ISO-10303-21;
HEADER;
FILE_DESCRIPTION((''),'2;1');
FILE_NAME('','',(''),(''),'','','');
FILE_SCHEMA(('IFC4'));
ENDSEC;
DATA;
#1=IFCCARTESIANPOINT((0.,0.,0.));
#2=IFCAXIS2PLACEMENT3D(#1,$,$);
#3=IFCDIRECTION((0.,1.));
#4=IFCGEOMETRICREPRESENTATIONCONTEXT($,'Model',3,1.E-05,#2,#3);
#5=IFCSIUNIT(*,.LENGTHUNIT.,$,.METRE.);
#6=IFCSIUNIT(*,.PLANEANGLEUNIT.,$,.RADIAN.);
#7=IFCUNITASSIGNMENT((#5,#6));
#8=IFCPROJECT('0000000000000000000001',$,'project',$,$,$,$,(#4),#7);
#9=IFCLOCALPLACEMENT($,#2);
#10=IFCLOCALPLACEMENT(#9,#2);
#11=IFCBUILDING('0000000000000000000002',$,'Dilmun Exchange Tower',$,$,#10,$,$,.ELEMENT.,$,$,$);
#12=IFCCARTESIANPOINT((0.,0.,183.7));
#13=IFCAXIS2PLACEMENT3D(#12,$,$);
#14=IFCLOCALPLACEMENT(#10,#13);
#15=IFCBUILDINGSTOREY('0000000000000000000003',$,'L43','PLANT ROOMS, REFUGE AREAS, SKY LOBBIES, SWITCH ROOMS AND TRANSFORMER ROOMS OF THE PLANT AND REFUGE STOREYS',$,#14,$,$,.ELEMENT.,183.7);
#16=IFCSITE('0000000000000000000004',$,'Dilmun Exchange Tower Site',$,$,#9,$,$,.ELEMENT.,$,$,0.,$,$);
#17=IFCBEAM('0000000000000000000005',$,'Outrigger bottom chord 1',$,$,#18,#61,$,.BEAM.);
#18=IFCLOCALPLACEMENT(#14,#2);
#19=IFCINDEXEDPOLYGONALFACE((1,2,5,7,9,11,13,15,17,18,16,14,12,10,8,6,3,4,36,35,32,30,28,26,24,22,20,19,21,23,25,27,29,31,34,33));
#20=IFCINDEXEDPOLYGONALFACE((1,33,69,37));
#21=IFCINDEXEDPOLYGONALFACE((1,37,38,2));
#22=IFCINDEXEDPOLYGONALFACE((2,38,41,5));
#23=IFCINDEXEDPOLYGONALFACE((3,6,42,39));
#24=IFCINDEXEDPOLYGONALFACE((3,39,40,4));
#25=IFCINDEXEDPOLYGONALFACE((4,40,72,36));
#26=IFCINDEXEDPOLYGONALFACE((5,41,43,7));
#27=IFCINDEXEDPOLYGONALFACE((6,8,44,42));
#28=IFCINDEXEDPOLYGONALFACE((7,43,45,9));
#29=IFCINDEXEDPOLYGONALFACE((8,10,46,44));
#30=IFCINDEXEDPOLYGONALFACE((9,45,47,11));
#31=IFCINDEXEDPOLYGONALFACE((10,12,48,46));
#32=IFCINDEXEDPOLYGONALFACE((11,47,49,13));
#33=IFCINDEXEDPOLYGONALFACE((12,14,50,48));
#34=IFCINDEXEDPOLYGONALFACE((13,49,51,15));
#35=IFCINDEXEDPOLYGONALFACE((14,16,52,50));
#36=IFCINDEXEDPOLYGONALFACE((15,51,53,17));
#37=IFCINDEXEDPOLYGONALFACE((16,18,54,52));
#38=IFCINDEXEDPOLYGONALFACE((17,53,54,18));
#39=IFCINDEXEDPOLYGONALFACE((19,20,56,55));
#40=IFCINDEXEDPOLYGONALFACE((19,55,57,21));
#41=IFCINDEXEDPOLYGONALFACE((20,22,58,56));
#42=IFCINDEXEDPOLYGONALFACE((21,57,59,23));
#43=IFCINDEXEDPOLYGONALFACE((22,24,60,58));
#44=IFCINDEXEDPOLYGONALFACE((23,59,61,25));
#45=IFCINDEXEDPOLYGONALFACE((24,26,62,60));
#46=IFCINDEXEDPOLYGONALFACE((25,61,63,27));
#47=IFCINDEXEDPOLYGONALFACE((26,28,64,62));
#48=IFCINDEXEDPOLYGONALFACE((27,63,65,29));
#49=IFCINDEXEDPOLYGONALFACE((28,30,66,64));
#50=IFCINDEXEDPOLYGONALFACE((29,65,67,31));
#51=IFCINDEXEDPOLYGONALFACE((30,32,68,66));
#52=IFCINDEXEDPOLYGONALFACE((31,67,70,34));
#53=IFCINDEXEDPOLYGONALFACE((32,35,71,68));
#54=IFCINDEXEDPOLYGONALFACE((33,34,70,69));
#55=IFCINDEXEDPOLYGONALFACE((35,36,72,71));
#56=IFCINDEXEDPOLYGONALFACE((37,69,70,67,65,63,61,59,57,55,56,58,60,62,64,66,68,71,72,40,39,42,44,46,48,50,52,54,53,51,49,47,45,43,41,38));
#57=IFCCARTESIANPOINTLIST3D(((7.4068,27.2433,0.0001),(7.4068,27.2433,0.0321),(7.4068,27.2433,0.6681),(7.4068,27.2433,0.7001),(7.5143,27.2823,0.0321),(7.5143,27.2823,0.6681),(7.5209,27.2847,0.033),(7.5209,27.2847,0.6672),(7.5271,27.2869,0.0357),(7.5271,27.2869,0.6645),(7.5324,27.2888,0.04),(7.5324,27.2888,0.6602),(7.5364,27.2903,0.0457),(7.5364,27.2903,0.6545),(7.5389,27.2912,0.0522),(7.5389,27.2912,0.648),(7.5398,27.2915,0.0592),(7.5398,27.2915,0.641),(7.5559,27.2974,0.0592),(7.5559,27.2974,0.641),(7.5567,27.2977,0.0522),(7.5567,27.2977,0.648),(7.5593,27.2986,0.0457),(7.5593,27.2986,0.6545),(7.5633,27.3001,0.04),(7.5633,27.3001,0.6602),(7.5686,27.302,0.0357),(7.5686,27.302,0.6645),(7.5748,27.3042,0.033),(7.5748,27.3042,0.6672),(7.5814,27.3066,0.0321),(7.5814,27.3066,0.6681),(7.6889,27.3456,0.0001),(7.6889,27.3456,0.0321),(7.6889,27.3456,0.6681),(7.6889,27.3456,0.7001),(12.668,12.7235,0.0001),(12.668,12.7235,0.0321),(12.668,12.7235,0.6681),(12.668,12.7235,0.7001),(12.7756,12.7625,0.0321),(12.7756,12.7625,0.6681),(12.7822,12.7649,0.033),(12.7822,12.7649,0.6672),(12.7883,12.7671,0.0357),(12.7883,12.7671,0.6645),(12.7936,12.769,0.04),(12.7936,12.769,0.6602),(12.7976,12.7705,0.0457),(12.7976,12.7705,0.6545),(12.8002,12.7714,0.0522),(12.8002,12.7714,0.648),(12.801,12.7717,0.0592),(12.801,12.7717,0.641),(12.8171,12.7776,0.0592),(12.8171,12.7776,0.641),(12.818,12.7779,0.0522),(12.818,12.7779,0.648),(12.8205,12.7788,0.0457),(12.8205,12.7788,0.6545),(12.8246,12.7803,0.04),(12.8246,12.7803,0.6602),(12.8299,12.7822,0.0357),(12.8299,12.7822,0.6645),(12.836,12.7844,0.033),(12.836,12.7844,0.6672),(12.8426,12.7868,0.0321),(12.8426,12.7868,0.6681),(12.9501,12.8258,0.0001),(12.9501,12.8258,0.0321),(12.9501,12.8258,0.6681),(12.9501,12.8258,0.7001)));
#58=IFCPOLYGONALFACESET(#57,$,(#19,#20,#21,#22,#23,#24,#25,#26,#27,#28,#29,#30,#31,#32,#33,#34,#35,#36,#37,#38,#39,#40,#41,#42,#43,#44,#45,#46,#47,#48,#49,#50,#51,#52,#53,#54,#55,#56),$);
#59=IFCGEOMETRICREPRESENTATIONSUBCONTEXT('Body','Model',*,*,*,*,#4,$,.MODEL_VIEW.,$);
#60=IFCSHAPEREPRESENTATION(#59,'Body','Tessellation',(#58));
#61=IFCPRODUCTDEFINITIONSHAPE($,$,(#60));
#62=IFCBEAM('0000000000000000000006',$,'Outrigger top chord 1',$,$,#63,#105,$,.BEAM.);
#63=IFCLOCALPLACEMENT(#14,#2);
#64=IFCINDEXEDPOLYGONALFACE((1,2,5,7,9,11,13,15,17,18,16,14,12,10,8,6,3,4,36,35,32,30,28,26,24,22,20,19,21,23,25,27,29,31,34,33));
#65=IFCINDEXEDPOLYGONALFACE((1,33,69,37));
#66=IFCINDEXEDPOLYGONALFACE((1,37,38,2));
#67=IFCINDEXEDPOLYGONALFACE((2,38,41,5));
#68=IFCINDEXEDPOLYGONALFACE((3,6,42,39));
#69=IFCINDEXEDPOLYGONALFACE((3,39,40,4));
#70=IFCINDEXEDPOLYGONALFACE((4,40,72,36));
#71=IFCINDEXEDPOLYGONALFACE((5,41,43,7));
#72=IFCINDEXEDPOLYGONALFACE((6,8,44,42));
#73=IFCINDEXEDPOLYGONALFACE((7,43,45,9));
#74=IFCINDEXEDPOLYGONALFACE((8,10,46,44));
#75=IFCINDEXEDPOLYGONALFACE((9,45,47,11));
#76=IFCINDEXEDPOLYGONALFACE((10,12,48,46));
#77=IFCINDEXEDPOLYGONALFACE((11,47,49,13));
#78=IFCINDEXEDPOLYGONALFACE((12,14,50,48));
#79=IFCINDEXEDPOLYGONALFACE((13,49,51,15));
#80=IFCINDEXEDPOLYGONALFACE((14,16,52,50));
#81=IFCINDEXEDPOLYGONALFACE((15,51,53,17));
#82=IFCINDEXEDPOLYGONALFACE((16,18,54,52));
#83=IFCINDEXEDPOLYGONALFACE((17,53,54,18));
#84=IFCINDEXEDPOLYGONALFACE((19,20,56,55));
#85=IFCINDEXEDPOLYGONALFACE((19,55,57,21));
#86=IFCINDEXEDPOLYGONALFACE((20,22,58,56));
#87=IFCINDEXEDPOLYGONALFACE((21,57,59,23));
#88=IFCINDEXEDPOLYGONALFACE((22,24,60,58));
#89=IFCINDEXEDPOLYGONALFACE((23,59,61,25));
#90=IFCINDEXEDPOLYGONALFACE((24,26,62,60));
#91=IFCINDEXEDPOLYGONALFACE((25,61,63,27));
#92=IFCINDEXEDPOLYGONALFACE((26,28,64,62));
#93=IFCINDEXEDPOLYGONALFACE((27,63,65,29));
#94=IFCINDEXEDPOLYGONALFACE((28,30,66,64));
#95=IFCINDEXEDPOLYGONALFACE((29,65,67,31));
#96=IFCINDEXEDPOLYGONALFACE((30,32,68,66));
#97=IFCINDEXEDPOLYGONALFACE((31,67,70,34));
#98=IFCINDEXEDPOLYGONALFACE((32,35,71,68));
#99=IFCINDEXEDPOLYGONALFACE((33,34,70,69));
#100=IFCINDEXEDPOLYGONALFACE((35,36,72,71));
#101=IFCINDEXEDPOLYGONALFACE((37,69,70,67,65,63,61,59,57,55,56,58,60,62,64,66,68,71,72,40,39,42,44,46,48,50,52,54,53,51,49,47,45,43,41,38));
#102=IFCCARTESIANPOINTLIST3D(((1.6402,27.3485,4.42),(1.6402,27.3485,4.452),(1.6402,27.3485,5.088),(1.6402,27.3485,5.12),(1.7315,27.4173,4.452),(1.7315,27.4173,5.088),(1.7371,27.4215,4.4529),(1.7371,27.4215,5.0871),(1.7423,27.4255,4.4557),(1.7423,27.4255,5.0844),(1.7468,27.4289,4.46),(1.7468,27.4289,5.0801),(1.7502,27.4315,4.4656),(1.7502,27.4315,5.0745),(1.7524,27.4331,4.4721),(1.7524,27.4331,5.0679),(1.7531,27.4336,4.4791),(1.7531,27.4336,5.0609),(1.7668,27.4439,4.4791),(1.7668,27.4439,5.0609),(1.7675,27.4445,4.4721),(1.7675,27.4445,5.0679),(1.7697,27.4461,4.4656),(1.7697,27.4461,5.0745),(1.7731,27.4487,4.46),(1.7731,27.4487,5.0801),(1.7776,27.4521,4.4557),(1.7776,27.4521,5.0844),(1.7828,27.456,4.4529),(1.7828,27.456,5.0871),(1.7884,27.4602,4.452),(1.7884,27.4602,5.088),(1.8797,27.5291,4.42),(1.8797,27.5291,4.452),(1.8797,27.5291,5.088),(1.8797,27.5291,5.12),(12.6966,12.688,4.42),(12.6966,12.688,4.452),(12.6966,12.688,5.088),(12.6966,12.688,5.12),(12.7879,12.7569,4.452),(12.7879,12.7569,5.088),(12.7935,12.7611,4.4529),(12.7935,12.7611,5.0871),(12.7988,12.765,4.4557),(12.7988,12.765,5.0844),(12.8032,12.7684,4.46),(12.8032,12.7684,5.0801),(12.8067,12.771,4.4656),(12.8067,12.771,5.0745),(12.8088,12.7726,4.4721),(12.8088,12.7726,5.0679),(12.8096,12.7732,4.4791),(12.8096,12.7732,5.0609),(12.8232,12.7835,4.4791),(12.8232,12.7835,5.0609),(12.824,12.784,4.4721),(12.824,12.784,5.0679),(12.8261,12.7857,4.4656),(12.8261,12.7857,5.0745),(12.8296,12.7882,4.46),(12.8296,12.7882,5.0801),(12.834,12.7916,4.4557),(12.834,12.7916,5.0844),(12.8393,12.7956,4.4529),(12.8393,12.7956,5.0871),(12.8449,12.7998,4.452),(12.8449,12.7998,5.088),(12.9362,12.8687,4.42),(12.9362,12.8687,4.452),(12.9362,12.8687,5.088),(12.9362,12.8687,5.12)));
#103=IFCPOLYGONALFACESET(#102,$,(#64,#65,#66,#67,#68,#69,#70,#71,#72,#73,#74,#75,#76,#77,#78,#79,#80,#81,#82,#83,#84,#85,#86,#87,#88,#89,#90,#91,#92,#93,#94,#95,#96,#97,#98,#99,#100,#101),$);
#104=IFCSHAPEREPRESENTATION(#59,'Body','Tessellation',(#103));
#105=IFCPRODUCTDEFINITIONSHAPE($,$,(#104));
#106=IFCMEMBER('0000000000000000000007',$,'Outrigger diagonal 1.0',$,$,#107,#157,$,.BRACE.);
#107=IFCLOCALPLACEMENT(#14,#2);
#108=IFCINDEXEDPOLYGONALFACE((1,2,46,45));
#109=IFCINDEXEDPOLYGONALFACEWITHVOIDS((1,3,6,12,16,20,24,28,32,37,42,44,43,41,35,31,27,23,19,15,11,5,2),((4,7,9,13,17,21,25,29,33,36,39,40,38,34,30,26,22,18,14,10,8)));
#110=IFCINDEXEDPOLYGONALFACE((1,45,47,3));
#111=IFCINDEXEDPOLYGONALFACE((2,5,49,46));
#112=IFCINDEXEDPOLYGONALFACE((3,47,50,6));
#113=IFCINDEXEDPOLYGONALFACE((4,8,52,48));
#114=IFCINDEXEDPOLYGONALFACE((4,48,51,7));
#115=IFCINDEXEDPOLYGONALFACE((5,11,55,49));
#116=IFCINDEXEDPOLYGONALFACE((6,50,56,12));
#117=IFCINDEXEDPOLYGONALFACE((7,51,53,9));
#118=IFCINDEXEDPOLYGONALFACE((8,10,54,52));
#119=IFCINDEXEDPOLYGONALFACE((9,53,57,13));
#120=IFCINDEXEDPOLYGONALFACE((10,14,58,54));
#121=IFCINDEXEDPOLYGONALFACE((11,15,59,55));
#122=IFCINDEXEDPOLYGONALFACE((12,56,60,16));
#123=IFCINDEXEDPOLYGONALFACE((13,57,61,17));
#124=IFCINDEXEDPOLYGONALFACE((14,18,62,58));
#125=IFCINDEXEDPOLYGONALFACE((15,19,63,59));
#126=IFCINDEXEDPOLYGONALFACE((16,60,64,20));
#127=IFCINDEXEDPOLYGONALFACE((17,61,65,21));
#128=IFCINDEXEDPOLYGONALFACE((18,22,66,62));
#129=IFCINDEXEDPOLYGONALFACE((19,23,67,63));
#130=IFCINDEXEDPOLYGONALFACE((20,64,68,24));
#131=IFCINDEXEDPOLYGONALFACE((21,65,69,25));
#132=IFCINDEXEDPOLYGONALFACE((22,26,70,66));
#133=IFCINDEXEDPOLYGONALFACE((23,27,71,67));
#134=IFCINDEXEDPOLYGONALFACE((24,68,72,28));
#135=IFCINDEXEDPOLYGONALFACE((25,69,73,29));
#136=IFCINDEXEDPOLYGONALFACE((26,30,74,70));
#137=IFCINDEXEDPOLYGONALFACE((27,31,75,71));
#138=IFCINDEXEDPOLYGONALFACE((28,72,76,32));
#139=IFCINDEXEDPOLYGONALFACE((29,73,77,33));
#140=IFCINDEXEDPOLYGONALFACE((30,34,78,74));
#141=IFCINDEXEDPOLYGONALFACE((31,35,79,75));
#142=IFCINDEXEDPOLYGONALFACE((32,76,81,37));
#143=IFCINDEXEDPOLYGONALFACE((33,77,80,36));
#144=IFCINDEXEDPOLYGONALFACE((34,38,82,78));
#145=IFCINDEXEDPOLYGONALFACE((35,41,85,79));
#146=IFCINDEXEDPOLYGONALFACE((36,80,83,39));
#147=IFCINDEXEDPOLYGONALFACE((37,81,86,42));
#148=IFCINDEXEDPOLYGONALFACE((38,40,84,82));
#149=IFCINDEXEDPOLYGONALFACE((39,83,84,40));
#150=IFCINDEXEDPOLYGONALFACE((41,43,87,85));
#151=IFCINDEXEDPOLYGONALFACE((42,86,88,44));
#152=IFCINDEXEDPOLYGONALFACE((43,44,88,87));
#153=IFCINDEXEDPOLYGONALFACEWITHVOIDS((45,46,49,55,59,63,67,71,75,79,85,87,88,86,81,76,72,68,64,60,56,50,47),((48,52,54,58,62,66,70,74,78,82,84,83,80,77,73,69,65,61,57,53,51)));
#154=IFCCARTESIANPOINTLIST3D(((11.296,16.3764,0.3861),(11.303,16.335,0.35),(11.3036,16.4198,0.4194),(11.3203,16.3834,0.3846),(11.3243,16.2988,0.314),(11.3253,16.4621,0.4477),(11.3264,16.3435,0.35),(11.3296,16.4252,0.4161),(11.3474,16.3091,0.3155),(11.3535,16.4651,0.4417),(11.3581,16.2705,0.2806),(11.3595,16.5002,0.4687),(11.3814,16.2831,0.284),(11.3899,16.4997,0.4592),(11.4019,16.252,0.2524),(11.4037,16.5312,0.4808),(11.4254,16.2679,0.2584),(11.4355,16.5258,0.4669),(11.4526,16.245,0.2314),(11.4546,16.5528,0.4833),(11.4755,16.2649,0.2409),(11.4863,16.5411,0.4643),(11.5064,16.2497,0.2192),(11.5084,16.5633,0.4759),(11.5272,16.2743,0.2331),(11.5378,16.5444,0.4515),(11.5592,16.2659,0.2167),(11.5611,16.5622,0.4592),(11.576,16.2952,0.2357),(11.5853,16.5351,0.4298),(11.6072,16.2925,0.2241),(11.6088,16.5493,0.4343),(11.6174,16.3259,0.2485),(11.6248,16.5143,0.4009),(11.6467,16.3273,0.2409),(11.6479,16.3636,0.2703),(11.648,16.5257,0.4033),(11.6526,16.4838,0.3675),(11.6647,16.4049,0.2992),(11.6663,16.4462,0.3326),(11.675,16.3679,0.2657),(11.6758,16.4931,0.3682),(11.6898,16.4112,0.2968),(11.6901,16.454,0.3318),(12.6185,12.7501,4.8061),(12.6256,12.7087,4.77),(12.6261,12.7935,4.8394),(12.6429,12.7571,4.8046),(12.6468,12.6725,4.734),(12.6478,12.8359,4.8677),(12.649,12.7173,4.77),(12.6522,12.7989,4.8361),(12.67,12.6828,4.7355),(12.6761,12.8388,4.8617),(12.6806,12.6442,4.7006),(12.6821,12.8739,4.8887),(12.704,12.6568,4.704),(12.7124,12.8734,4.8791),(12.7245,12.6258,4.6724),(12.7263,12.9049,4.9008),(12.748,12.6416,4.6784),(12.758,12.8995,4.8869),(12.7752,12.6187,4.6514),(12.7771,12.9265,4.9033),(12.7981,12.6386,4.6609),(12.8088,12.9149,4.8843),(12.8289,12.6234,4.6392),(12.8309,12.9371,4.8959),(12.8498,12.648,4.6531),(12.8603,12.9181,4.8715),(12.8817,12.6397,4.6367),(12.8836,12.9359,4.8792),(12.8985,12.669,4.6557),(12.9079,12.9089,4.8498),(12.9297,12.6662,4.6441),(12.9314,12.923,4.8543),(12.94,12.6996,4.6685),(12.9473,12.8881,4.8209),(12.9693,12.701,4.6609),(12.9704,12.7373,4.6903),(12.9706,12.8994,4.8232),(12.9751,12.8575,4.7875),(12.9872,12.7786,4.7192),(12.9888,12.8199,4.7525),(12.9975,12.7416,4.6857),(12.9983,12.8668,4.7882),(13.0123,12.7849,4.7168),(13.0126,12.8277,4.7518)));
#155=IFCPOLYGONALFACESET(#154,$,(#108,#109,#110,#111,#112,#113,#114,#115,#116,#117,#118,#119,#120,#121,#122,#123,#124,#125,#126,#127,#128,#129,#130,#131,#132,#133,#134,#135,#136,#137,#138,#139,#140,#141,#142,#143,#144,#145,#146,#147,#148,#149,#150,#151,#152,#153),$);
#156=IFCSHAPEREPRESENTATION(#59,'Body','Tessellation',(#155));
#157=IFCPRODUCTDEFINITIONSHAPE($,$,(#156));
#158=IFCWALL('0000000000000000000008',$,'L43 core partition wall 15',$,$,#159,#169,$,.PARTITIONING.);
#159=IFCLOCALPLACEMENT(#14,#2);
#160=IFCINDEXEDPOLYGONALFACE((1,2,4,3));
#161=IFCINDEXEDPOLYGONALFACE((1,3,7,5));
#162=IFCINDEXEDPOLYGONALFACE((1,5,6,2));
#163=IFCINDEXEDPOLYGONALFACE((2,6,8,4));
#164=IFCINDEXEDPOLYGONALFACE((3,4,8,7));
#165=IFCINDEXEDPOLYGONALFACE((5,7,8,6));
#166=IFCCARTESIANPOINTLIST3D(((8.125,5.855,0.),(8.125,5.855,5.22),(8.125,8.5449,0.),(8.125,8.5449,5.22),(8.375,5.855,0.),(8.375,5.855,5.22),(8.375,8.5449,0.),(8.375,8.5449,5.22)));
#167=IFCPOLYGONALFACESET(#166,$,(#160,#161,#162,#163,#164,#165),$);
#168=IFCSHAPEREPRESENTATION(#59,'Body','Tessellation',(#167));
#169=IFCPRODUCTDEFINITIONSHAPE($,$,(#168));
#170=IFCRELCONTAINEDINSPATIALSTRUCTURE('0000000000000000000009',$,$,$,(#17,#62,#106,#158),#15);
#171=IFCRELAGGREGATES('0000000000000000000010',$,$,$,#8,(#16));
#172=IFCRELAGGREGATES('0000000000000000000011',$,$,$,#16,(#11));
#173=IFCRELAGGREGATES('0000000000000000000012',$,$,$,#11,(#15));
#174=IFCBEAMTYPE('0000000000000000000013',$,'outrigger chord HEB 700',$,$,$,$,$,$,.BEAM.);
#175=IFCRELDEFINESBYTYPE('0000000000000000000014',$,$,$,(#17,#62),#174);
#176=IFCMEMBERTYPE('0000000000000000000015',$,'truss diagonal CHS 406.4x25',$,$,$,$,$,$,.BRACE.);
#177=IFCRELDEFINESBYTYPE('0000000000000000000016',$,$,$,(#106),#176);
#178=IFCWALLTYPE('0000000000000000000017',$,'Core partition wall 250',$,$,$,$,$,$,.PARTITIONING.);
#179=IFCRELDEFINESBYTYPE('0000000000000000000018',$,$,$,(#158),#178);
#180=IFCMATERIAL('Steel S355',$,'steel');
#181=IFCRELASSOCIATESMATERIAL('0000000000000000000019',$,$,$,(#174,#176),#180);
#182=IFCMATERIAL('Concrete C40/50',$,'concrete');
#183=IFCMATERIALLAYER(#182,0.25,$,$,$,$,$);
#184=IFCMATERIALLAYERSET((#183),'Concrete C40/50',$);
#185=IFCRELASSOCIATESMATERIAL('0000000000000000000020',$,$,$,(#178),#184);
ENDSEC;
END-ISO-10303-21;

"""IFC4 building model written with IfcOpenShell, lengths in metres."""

from ifc_helpers import new_model, si_unit, direction, frame, frame_2d, origin, origin_2d, place, context, subcontext, project, spatial, rectangle, hollow_circle, i_section, extrude, material, layer, layer_set, material_profile, profile_set, type_object, element, save


model = new_model("IFC4")

# Units and contexts
model_context = context("Model", 3, precision=1e-05, world=origin(), true_north=direction((0.0, 1.0)))
body_context = subcontext(model_context, "Body", "Model", "MODEL_VIEW")
ifc_project = project(units=[si_unit("LENGTHUNIT", "METRE"), si_unit("PLANEANGLEUNIT", "RADIAN")], contexts=[model_context])

# Site, building, storey
site_placement = place(None, origin())
site = spatial("IfcSite", under=ifc_project, at=site_placement, Name="Dilmun Exchange Tower Site", CompositionType="ELEMENT", RefElevation=0.0)
building_placement = place(site_placement, origin())
building = spatial("IfcBuilding", under=site, at=building_placement, Name="Dilmun Exchange Tower", CompositionType="ELEMENT")
storey_placement = place(building_placement, frame((0.0, 0.0, 183.7)))
storey = spatial("IfcBuildingStorey", under=building, at=storey_placement, Name="L43", Description="PLANT ROOMS, REFUGE AREAS, SKY LOBBIES, SWITCH ROOMS AND TRANSFORMER ROOMS OF THE PLANT AND REFUGE STOREYS", CompositionType="ELEMENT", Elevation=183.7)

# Beams
ifc_material_1 = material(Name="Steel S355", Category="steel")
ifc_material_profile_1 = material_profile(ifc_material_1, i_section(OverallWidth=0.3, OverallDepth=0.7, WebThickness=0.0171, FlangeThickness=0.032, FilletRadius=0.0271, at=origin_2d()), Name="HEB 700")
ifc_profile_set_1 = profile_set([ifc_material_profile_1], Name="Steel S355")
beam_type = type_object("IfcBeamType", Name="outrigger chord HEB 700", PredefinedType="BEAM", material=ifc_profile_set_1)
beam_1_placement = place(storey_placement, frame((12.8091, 12.7747, 0.3501), z_axis=(-0.340674, 0.940181, 0.0), x_axis=(-0.940181, -0.340674, 0.0)))
element("IfcBeam", 1, at=beam_1_placement, inside=storey, type_object=beam_type, Name="Outrigger bottom chord 1", PredefinedType="BEAM", context=body_context, shape_type="SweptSolid", body=[
    extrude(i_section(OverallWidth=0.3, OverallDepth=0.7, WebThickness=0.0171, FlangeThickness=0.032, FilletRadius=0.0271, at=origin_2d()), origin(), (0.0, 0.0, 1.0), 15.4436),
])
beam_2_placement = place(storey_placement, frame((12.8164, 12.7783, 4.77), z_axis=(-0.602127, 0.7984, 0.0), x_axis=(-0.7984, -0.602127, 0.0)))
element("IfcBeam", 2, at=beam_2_placement, inside=storey, type_object=beam_type, Name="Outrigger top chord 1", PredefinedType="BEAM", context=body_context, shape_type="SweptSolid", body=[
    extrude(i_section(OverallWidth=0.3, OverallDepth=0.7, WebThickness=0.0171, FlangeThickness=0.032, FilletRadius=0.0271, at=origin_2d()), origin(), (0.0, 0.0, 1.0), 18.3623),
])

# Member
ifc_material_profile_2 = material_profile(ifc_material_1, hollow_circle(Radius=0.2031, WallThickness=0.0249, at=origin_2d()), Name="CHS 406.4x25")
ifc_profile_set_2 = profile_set([ifc_material_profile_2], Name="Steel S355")
member_type = type_object("IfcMemberType", Name="truss diagonal CHS 406.4x25", PredefinedType="BRACE", material=ifc_profile_set_2)
member_placement = place(storey_placement, frame((12.8164, 12.7783, 4.77), z_axis=(-0.225374, 0.617958, -0.753216), x_axis=(-0.93947, -0.342632, 0.0)))
element("IfcMember", 3, at=member_placement, inside=storey, type_object=member_type, Name="Outrigger diagonal 1.0", PredefinedType="BRACE", context=body_context, shape_type="SweptSolid", body=[
    extrude(hollow_circle(Radius=0.2031, WallThickness=0.0249, at=origin_2d()), origin(), (0.0, 0.0, 1.0), 5.8682),
])

# Wall
ifc_material_2 = material(Name="Concrete C40/50", Category="concrete")
ifc_layer_1 = layer(ifc_material_2, 0.25)
ifc_layer_set_1 = layer_set([ifc_layer_1], Name="Concrete C40/50")
wall_type_1 = type_object("IfcWallType", Name="Core partition wall 250", PredefinedType="PARTITIONING", material=ifc_layer_set_1)
wall_1_placement = place(storey_placement, frame((8.25, 5.855, 0.0), z_axis=(0.0, 0.0, 1.0), x_axis=(0.0, 1.0, 0.0)))
element("IfcWall", 4, at=wall_1_placement, inside=storey, type_object=wall_type_1, Name="L43 core partition wall 15", PredefinedType="PARTITIONING", context=body_context, shape_type="SweptSolid", body=[
    extrude(rectangle(XDim=2.6899, YDim=0.25, at=frame_2d((1.345, 0.0))), origin(), (0.0, 0.0, 1.0), 5.22),
])

save(model, "model.ifc")
